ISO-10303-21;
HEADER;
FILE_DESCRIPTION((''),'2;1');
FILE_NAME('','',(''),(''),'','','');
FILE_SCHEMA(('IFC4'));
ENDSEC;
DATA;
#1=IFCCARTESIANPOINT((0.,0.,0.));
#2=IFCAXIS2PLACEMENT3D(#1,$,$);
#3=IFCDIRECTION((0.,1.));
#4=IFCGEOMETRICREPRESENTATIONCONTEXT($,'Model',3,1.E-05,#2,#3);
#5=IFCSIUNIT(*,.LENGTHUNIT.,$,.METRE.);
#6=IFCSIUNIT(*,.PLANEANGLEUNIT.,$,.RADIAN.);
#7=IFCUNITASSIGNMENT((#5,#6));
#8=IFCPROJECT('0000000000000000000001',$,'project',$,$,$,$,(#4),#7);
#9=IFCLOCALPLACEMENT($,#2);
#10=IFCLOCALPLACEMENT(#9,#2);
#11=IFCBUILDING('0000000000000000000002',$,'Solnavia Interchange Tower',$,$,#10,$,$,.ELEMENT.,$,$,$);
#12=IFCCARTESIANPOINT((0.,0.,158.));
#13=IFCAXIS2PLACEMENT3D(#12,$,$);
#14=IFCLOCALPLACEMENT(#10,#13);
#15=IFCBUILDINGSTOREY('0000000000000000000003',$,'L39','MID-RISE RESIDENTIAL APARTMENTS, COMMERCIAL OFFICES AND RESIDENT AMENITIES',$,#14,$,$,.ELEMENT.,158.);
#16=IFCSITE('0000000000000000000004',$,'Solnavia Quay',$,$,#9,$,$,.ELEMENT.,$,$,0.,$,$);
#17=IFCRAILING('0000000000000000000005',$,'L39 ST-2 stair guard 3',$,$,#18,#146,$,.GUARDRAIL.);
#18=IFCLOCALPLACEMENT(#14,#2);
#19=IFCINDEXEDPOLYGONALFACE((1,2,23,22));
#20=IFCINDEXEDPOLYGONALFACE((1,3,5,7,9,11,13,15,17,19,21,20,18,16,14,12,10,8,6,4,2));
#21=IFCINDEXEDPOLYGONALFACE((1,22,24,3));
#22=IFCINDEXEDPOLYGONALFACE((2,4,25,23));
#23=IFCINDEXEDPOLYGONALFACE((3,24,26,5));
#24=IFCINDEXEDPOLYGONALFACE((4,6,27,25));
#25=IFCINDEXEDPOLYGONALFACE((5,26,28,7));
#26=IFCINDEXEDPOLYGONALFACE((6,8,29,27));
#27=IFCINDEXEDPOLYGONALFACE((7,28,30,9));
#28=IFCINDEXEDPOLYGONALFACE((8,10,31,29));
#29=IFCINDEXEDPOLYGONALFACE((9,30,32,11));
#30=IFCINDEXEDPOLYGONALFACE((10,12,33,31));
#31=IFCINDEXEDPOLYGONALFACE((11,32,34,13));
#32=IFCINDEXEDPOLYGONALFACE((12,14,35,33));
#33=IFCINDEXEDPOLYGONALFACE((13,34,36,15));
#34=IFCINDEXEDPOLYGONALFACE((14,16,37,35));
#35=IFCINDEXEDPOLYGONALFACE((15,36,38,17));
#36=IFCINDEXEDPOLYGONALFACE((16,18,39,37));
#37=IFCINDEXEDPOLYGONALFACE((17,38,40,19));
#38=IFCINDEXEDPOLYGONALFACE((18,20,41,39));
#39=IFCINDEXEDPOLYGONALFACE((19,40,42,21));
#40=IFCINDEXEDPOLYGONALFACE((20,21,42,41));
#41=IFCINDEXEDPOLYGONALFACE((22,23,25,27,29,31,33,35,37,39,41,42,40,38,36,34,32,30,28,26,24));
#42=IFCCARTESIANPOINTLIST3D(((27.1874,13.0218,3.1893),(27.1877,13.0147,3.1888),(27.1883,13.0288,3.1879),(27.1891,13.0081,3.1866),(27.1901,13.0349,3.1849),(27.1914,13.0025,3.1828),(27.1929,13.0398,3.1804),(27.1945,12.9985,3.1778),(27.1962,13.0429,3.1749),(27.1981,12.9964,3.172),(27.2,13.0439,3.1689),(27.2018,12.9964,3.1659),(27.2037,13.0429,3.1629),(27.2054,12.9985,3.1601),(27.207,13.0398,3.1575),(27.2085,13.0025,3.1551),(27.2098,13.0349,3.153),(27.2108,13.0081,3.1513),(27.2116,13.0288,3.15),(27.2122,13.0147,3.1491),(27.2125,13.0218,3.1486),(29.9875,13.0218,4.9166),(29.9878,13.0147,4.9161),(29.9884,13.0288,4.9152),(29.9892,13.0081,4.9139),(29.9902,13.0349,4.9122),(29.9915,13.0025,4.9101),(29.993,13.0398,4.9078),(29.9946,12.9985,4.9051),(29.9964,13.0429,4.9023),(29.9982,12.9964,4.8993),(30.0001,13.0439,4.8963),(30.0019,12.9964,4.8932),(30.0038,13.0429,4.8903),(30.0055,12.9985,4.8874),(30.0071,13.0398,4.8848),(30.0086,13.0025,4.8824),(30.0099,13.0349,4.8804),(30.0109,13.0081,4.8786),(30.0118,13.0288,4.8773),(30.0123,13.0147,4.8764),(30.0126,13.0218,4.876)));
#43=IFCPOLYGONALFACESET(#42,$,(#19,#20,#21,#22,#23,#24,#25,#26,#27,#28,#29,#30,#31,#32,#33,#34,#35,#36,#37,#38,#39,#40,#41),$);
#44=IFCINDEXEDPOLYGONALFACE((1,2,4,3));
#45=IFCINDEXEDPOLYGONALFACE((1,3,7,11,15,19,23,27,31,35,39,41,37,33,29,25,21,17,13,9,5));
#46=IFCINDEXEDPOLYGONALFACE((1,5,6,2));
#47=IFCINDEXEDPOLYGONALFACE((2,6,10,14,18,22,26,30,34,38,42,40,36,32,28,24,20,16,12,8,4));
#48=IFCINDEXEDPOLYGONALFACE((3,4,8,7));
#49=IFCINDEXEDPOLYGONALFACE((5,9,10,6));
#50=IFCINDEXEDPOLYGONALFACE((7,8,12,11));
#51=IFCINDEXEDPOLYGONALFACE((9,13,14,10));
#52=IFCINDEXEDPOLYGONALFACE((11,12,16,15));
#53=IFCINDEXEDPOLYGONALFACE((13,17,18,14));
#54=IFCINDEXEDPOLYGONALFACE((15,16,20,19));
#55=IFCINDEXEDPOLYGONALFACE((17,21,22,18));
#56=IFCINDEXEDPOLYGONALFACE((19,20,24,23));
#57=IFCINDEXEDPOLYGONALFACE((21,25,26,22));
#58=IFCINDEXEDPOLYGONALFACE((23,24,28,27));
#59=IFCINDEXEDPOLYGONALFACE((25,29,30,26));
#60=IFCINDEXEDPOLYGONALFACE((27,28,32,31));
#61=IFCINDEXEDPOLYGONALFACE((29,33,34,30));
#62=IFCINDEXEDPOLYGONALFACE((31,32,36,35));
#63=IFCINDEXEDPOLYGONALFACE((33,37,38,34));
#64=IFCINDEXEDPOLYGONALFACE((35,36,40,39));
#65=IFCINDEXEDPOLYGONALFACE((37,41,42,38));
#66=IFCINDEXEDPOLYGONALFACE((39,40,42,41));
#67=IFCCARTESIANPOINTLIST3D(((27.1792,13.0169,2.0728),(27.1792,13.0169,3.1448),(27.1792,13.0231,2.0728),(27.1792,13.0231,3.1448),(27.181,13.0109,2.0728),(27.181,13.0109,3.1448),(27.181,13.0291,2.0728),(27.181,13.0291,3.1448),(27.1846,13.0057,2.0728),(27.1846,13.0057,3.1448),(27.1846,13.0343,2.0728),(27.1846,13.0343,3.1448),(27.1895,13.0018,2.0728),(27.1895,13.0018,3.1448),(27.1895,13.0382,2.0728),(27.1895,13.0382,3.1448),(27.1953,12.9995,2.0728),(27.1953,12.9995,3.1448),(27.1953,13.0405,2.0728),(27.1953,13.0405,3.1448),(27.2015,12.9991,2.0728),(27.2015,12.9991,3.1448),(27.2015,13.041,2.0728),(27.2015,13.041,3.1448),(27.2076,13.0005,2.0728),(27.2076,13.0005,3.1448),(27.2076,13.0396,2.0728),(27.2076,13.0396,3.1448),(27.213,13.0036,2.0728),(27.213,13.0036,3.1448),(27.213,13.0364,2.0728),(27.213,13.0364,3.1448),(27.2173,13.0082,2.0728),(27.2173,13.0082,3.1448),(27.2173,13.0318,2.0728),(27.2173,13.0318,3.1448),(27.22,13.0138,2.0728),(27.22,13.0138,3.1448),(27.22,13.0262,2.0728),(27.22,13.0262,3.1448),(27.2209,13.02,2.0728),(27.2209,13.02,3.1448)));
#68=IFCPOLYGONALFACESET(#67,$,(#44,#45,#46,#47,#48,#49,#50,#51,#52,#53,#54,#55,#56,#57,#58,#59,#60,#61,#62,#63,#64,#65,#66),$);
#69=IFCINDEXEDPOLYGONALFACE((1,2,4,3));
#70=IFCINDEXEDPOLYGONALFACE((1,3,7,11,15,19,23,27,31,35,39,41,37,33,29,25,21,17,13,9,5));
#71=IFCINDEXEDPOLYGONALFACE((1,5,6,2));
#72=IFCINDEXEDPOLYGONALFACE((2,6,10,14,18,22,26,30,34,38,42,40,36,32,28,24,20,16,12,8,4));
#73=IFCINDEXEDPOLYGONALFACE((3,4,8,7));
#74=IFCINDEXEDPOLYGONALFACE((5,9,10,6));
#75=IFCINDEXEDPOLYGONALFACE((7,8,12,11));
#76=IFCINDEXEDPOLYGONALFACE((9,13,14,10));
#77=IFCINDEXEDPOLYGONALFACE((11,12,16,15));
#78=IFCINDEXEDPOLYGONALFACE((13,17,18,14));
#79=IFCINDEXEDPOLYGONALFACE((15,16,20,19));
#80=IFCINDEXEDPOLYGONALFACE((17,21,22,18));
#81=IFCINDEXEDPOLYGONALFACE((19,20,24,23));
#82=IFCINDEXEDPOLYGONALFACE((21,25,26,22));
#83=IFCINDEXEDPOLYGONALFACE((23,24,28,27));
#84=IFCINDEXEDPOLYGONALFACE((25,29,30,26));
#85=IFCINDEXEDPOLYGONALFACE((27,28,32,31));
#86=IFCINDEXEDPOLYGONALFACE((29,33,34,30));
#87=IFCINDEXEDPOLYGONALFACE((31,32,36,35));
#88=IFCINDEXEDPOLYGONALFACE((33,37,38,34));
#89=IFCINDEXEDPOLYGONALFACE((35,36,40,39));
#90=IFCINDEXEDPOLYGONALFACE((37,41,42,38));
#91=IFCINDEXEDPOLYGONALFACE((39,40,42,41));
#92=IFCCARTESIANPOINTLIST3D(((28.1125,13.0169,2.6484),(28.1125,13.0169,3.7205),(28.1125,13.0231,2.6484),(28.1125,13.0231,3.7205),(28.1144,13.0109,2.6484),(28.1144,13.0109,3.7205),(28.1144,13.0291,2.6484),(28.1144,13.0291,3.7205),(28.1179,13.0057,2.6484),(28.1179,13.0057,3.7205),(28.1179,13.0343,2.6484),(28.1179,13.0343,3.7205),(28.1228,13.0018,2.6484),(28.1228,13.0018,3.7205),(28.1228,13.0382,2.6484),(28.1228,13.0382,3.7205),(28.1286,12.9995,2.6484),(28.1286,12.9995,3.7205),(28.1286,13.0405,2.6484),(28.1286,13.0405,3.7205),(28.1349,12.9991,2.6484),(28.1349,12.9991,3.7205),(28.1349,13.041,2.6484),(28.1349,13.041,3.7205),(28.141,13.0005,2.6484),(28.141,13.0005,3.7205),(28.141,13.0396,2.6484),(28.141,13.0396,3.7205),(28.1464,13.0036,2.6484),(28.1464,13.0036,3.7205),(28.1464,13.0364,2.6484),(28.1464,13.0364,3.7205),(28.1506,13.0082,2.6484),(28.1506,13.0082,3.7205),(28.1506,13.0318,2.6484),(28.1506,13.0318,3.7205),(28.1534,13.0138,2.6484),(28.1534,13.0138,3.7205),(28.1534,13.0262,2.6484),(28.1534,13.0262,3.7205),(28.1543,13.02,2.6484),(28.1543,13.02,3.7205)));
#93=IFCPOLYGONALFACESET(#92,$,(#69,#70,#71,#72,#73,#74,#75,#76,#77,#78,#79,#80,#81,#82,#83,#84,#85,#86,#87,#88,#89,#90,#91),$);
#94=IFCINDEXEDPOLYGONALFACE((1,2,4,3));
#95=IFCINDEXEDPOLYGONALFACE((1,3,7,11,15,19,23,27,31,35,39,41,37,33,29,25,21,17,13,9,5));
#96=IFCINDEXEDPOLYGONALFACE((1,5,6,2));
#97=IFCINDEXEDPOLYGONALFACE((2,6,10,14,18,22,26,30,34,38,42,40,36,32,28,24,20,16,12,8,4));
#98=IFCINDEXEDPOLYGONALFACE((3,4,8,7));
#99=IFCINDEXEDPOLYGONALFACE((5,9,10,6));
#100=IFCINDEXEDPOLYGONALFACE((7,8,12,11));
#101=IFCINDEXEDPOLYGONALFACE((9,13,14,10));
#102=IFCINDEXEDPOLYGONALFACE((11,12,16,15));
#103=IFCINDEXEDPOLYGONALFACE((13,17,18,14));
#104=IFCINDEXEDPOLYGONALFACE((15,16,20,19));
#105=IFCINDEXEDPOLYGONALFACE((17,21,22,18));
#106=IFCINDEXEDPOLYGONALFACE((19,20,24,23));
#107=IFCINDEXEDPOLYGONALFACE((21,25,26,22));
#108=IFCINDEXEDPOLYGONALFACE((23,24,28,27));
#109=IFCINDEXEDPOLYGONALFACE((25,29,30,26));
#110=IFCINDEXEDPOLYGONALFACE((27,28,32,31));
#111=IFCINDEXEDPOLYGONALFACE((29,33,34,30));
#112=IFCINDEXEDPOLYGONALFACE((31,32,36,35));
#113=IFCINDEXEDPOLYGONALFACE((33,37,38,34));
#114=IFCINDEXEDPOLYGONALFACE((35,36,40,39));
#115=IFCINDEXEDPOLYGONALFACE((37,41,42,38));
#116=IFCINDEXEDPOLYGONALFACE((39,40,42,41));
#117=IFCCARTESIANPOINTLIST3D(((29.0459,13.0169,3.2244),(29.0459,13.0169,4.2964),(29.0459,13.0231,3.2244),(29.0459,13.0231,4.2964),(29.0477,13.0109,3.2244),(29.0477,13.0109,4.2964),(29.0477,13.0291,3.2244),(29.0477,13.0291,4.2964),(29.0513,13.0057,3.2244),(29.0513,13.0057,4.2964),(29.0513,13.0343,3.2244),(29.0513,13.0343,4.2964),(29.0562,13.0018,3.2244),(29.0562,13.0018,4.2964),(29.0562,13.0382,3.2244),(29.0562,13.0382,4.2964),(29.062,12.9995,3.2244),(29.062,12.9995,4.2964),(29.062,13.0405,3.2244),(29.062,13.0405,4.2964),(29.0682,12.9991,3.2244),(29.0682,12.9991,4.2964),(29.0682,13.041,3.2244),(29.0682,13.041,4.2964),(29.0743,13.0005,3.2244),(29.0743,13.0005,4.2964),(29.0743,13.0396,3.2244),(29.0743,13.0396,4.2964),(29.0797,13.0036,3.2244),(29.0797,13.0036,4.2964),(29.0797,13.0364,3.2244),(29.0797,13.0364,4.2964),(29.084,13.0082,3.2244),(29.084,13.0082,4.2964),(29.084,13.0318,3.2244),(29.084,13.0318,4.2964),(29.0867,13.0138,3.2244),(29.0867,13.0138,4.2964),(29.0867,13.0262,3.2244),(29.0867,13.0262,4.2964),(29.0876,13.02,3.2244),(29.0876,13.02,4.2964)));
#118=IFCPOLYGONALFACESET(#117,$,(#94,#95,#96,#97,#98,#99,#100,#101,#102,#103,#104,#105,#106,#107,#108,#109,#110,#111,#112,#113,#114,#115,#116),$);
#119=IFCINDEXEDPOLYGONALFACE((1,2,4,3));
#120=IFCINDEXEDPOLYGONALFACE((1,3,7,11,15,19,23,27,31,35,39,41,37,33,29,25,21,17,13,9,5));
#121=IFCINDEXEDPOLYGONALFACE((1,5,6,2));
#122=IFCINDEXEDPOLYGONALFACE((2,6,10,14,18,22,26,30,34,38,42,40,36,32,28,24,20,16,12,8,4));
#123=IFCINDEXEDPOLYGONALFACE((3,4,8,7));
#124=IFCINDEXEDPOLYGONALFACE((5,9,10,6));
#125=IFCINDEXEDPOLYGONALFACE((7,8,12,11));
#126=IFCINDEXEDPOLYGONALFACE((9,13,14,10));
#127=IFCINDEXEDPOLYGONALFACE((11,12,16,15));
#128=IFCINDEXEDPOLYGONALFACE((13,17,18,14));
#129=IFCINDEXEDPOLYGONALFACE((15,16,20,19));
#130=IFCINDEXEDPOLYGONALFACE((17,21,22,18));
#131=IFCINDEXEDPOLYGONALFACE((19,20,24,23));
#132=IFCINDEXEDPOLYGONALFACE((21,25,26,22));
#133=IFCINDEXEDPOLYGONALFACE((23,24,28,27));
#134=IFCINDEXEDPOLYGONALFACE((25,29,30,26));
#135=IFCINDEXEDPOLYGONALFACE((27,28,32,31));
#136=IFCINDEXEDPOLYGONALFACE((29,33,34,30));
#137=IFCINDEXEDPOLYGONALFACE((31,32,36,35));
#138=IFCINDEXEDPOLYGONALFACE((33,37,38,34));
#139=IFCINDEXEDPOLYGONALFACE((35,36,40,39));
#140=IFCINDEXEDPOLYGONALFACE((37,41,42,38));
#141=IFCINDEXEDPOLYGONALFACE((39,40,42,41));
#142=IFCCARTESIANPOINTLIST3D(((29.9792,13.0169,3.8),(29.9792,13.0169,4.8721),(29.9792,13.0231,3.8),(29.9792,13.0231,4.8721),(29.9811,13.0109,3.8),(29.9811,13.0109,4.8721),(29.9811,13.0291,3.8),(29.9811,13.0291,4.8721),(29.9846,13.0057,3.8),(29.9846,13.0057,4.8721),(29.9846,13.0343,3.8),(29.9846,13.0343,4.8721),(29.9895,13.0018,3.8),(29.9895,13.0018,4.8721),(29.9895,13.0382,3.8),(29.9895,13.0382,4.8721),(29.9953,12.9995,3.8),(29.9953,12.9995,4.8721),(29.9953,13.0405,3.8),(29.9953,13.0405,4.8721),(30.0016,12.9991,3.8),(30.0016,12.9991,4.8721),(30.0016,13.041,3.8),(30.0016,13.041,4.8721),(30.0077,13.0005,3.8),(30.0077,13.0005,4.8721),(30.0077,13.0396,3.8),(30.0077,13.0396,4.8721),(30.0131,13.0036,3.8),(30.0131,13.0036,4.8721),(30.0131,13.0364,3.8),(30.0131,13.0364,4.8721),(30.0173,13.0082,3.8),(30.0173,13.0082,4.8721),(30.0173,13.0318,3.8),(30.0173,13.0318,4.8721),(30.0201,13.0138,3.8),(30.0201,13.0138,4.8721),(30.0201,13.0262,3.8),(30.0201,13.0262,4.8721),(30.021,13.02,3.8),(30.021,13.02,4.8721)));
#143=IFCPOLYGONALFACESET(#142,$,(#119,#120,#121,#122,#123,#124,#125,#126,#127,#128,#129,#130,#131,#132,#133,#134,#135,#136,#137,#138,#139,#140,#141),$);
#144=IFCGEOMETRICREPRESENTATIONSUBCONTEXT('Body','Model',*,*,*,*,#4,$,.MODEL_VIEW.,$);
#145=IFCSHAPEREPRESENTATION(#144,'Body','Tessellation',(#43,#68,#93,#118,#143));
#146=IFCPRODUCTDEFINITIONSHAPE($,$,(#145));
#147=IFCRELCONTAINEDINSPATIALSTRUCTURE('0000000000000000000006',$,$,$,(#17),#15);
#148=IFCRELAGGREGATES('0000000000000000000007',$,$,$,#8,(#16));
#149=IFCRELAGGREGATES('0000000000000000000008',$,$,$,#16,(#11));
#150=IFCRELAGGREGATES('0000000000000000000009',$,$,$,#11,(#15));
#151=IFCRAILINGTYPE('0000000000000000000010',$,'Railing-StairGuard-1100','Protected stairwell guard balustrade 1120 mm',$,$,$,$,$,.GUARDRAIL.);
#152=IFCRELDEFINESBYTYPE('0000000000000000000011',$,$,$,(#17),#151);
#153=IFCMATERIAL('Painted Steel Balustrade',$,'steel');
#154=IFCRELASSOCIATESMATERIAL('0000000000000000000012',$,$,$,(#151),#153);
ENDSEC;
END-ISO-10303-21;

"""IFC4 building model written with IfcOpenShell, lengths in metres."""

from ifc_helpers import new_model, si_unit, direction, frame, origin, origin_2d, place, context, subcontext, project, spatial, circle, extrude, material, type_object, element, save


model = new_model("IFC4")

# Units and contexts
model_context = context("Model", 3, precision=1e-05, world=origin(), true_north=direction((0.0, 1.0)))
body_context = subcontext(model_context, "Body", "Model", "MODEL_VIEW")
ifc_project = project(units=[si_unit("LENGTHUNIT", "METRE"), si_unit("PLANEANGLEUNIT", "RADIAN")], contexts=[model_context])

# Site, building, storey
site_placement = place(None, origin())
site = spatial("IfcSite", under=ifc_project, at=site_placement, Name="Solnavia Quay", CompositionType="ELEMENT", RefElevation=0.0)
building_placement = place(site_placement, origin())
building = spatial("IfcBuilding", under=site, at=building_placement, Name="Solnavia Interchange Tower", CompositionType="ELEMENT")
storey_placement = place(building_placement, frame((0.0, 0.0, 158.0)))
storey = spatial("IfcBuildingStorey", under=building, at=storey_placement, Name="L39", Description="MID-RISE RESIDENTIAL APARTMENTS, COMMERCIAL OFFICES AND RESIDENT AMENITIES", CompositionType="ELEMENT", Elevation=158.0)

# Railing
ifc_material_1 = material(Name="Painted Steel Balustrade", Category="steel")
railing_type_1 = type_object("IfcRailingType", Name="Railing-StairGuard-1100", Description="Protected stairwell guard balustrade 1120 mm", PredefinedType="GUARDRAIL", material=ifc_material_1)
railing_1_placement = place(storey_placement, frame((27.2, 13.02, 2.0728)))
element("IfcRailing", 1, at=railing_1_placement, inside=storey, type_object=railing_type_1, Name="L39 ST-2 stair guard 3", PredefinedType="GUARDRAIL", context=body_context, shape_type="SweptSolid", body=[
    extrude(circle(Radius=0.0239, at=origin_2d()), frame((0.0, 0.0, 1.0962), z_axis=(0.85109, 0.0, 0.52502), x_axis=(0.0, 1.0, 0.0)), (0.0, 0.0, 1.0), 3.29),
    extrude(circle(Radius=0.021, at=origin_2d()), origin(), (0.0, 0.0, 1.0), 1.072),
    extrude(circle(Radius=0.021, at=origin_2d()), frame((0.9333, 0.0, 0.5757)), (0.0, 0.0, 1.0), 1.072),
    extrude(circle(Radius=0.021, at=origin_2d()), frame((1.8667, 0.0, 1.1516)), (0.0, 0.0, 1.0), 1.072),
    extrude(circle(Radius=0.021, at=origin_2d()), frame((2.8, 0.0, 1.7273)), (0.0, 0.0, 1.0), 1.072),
])

save(model, "model.ifc")
